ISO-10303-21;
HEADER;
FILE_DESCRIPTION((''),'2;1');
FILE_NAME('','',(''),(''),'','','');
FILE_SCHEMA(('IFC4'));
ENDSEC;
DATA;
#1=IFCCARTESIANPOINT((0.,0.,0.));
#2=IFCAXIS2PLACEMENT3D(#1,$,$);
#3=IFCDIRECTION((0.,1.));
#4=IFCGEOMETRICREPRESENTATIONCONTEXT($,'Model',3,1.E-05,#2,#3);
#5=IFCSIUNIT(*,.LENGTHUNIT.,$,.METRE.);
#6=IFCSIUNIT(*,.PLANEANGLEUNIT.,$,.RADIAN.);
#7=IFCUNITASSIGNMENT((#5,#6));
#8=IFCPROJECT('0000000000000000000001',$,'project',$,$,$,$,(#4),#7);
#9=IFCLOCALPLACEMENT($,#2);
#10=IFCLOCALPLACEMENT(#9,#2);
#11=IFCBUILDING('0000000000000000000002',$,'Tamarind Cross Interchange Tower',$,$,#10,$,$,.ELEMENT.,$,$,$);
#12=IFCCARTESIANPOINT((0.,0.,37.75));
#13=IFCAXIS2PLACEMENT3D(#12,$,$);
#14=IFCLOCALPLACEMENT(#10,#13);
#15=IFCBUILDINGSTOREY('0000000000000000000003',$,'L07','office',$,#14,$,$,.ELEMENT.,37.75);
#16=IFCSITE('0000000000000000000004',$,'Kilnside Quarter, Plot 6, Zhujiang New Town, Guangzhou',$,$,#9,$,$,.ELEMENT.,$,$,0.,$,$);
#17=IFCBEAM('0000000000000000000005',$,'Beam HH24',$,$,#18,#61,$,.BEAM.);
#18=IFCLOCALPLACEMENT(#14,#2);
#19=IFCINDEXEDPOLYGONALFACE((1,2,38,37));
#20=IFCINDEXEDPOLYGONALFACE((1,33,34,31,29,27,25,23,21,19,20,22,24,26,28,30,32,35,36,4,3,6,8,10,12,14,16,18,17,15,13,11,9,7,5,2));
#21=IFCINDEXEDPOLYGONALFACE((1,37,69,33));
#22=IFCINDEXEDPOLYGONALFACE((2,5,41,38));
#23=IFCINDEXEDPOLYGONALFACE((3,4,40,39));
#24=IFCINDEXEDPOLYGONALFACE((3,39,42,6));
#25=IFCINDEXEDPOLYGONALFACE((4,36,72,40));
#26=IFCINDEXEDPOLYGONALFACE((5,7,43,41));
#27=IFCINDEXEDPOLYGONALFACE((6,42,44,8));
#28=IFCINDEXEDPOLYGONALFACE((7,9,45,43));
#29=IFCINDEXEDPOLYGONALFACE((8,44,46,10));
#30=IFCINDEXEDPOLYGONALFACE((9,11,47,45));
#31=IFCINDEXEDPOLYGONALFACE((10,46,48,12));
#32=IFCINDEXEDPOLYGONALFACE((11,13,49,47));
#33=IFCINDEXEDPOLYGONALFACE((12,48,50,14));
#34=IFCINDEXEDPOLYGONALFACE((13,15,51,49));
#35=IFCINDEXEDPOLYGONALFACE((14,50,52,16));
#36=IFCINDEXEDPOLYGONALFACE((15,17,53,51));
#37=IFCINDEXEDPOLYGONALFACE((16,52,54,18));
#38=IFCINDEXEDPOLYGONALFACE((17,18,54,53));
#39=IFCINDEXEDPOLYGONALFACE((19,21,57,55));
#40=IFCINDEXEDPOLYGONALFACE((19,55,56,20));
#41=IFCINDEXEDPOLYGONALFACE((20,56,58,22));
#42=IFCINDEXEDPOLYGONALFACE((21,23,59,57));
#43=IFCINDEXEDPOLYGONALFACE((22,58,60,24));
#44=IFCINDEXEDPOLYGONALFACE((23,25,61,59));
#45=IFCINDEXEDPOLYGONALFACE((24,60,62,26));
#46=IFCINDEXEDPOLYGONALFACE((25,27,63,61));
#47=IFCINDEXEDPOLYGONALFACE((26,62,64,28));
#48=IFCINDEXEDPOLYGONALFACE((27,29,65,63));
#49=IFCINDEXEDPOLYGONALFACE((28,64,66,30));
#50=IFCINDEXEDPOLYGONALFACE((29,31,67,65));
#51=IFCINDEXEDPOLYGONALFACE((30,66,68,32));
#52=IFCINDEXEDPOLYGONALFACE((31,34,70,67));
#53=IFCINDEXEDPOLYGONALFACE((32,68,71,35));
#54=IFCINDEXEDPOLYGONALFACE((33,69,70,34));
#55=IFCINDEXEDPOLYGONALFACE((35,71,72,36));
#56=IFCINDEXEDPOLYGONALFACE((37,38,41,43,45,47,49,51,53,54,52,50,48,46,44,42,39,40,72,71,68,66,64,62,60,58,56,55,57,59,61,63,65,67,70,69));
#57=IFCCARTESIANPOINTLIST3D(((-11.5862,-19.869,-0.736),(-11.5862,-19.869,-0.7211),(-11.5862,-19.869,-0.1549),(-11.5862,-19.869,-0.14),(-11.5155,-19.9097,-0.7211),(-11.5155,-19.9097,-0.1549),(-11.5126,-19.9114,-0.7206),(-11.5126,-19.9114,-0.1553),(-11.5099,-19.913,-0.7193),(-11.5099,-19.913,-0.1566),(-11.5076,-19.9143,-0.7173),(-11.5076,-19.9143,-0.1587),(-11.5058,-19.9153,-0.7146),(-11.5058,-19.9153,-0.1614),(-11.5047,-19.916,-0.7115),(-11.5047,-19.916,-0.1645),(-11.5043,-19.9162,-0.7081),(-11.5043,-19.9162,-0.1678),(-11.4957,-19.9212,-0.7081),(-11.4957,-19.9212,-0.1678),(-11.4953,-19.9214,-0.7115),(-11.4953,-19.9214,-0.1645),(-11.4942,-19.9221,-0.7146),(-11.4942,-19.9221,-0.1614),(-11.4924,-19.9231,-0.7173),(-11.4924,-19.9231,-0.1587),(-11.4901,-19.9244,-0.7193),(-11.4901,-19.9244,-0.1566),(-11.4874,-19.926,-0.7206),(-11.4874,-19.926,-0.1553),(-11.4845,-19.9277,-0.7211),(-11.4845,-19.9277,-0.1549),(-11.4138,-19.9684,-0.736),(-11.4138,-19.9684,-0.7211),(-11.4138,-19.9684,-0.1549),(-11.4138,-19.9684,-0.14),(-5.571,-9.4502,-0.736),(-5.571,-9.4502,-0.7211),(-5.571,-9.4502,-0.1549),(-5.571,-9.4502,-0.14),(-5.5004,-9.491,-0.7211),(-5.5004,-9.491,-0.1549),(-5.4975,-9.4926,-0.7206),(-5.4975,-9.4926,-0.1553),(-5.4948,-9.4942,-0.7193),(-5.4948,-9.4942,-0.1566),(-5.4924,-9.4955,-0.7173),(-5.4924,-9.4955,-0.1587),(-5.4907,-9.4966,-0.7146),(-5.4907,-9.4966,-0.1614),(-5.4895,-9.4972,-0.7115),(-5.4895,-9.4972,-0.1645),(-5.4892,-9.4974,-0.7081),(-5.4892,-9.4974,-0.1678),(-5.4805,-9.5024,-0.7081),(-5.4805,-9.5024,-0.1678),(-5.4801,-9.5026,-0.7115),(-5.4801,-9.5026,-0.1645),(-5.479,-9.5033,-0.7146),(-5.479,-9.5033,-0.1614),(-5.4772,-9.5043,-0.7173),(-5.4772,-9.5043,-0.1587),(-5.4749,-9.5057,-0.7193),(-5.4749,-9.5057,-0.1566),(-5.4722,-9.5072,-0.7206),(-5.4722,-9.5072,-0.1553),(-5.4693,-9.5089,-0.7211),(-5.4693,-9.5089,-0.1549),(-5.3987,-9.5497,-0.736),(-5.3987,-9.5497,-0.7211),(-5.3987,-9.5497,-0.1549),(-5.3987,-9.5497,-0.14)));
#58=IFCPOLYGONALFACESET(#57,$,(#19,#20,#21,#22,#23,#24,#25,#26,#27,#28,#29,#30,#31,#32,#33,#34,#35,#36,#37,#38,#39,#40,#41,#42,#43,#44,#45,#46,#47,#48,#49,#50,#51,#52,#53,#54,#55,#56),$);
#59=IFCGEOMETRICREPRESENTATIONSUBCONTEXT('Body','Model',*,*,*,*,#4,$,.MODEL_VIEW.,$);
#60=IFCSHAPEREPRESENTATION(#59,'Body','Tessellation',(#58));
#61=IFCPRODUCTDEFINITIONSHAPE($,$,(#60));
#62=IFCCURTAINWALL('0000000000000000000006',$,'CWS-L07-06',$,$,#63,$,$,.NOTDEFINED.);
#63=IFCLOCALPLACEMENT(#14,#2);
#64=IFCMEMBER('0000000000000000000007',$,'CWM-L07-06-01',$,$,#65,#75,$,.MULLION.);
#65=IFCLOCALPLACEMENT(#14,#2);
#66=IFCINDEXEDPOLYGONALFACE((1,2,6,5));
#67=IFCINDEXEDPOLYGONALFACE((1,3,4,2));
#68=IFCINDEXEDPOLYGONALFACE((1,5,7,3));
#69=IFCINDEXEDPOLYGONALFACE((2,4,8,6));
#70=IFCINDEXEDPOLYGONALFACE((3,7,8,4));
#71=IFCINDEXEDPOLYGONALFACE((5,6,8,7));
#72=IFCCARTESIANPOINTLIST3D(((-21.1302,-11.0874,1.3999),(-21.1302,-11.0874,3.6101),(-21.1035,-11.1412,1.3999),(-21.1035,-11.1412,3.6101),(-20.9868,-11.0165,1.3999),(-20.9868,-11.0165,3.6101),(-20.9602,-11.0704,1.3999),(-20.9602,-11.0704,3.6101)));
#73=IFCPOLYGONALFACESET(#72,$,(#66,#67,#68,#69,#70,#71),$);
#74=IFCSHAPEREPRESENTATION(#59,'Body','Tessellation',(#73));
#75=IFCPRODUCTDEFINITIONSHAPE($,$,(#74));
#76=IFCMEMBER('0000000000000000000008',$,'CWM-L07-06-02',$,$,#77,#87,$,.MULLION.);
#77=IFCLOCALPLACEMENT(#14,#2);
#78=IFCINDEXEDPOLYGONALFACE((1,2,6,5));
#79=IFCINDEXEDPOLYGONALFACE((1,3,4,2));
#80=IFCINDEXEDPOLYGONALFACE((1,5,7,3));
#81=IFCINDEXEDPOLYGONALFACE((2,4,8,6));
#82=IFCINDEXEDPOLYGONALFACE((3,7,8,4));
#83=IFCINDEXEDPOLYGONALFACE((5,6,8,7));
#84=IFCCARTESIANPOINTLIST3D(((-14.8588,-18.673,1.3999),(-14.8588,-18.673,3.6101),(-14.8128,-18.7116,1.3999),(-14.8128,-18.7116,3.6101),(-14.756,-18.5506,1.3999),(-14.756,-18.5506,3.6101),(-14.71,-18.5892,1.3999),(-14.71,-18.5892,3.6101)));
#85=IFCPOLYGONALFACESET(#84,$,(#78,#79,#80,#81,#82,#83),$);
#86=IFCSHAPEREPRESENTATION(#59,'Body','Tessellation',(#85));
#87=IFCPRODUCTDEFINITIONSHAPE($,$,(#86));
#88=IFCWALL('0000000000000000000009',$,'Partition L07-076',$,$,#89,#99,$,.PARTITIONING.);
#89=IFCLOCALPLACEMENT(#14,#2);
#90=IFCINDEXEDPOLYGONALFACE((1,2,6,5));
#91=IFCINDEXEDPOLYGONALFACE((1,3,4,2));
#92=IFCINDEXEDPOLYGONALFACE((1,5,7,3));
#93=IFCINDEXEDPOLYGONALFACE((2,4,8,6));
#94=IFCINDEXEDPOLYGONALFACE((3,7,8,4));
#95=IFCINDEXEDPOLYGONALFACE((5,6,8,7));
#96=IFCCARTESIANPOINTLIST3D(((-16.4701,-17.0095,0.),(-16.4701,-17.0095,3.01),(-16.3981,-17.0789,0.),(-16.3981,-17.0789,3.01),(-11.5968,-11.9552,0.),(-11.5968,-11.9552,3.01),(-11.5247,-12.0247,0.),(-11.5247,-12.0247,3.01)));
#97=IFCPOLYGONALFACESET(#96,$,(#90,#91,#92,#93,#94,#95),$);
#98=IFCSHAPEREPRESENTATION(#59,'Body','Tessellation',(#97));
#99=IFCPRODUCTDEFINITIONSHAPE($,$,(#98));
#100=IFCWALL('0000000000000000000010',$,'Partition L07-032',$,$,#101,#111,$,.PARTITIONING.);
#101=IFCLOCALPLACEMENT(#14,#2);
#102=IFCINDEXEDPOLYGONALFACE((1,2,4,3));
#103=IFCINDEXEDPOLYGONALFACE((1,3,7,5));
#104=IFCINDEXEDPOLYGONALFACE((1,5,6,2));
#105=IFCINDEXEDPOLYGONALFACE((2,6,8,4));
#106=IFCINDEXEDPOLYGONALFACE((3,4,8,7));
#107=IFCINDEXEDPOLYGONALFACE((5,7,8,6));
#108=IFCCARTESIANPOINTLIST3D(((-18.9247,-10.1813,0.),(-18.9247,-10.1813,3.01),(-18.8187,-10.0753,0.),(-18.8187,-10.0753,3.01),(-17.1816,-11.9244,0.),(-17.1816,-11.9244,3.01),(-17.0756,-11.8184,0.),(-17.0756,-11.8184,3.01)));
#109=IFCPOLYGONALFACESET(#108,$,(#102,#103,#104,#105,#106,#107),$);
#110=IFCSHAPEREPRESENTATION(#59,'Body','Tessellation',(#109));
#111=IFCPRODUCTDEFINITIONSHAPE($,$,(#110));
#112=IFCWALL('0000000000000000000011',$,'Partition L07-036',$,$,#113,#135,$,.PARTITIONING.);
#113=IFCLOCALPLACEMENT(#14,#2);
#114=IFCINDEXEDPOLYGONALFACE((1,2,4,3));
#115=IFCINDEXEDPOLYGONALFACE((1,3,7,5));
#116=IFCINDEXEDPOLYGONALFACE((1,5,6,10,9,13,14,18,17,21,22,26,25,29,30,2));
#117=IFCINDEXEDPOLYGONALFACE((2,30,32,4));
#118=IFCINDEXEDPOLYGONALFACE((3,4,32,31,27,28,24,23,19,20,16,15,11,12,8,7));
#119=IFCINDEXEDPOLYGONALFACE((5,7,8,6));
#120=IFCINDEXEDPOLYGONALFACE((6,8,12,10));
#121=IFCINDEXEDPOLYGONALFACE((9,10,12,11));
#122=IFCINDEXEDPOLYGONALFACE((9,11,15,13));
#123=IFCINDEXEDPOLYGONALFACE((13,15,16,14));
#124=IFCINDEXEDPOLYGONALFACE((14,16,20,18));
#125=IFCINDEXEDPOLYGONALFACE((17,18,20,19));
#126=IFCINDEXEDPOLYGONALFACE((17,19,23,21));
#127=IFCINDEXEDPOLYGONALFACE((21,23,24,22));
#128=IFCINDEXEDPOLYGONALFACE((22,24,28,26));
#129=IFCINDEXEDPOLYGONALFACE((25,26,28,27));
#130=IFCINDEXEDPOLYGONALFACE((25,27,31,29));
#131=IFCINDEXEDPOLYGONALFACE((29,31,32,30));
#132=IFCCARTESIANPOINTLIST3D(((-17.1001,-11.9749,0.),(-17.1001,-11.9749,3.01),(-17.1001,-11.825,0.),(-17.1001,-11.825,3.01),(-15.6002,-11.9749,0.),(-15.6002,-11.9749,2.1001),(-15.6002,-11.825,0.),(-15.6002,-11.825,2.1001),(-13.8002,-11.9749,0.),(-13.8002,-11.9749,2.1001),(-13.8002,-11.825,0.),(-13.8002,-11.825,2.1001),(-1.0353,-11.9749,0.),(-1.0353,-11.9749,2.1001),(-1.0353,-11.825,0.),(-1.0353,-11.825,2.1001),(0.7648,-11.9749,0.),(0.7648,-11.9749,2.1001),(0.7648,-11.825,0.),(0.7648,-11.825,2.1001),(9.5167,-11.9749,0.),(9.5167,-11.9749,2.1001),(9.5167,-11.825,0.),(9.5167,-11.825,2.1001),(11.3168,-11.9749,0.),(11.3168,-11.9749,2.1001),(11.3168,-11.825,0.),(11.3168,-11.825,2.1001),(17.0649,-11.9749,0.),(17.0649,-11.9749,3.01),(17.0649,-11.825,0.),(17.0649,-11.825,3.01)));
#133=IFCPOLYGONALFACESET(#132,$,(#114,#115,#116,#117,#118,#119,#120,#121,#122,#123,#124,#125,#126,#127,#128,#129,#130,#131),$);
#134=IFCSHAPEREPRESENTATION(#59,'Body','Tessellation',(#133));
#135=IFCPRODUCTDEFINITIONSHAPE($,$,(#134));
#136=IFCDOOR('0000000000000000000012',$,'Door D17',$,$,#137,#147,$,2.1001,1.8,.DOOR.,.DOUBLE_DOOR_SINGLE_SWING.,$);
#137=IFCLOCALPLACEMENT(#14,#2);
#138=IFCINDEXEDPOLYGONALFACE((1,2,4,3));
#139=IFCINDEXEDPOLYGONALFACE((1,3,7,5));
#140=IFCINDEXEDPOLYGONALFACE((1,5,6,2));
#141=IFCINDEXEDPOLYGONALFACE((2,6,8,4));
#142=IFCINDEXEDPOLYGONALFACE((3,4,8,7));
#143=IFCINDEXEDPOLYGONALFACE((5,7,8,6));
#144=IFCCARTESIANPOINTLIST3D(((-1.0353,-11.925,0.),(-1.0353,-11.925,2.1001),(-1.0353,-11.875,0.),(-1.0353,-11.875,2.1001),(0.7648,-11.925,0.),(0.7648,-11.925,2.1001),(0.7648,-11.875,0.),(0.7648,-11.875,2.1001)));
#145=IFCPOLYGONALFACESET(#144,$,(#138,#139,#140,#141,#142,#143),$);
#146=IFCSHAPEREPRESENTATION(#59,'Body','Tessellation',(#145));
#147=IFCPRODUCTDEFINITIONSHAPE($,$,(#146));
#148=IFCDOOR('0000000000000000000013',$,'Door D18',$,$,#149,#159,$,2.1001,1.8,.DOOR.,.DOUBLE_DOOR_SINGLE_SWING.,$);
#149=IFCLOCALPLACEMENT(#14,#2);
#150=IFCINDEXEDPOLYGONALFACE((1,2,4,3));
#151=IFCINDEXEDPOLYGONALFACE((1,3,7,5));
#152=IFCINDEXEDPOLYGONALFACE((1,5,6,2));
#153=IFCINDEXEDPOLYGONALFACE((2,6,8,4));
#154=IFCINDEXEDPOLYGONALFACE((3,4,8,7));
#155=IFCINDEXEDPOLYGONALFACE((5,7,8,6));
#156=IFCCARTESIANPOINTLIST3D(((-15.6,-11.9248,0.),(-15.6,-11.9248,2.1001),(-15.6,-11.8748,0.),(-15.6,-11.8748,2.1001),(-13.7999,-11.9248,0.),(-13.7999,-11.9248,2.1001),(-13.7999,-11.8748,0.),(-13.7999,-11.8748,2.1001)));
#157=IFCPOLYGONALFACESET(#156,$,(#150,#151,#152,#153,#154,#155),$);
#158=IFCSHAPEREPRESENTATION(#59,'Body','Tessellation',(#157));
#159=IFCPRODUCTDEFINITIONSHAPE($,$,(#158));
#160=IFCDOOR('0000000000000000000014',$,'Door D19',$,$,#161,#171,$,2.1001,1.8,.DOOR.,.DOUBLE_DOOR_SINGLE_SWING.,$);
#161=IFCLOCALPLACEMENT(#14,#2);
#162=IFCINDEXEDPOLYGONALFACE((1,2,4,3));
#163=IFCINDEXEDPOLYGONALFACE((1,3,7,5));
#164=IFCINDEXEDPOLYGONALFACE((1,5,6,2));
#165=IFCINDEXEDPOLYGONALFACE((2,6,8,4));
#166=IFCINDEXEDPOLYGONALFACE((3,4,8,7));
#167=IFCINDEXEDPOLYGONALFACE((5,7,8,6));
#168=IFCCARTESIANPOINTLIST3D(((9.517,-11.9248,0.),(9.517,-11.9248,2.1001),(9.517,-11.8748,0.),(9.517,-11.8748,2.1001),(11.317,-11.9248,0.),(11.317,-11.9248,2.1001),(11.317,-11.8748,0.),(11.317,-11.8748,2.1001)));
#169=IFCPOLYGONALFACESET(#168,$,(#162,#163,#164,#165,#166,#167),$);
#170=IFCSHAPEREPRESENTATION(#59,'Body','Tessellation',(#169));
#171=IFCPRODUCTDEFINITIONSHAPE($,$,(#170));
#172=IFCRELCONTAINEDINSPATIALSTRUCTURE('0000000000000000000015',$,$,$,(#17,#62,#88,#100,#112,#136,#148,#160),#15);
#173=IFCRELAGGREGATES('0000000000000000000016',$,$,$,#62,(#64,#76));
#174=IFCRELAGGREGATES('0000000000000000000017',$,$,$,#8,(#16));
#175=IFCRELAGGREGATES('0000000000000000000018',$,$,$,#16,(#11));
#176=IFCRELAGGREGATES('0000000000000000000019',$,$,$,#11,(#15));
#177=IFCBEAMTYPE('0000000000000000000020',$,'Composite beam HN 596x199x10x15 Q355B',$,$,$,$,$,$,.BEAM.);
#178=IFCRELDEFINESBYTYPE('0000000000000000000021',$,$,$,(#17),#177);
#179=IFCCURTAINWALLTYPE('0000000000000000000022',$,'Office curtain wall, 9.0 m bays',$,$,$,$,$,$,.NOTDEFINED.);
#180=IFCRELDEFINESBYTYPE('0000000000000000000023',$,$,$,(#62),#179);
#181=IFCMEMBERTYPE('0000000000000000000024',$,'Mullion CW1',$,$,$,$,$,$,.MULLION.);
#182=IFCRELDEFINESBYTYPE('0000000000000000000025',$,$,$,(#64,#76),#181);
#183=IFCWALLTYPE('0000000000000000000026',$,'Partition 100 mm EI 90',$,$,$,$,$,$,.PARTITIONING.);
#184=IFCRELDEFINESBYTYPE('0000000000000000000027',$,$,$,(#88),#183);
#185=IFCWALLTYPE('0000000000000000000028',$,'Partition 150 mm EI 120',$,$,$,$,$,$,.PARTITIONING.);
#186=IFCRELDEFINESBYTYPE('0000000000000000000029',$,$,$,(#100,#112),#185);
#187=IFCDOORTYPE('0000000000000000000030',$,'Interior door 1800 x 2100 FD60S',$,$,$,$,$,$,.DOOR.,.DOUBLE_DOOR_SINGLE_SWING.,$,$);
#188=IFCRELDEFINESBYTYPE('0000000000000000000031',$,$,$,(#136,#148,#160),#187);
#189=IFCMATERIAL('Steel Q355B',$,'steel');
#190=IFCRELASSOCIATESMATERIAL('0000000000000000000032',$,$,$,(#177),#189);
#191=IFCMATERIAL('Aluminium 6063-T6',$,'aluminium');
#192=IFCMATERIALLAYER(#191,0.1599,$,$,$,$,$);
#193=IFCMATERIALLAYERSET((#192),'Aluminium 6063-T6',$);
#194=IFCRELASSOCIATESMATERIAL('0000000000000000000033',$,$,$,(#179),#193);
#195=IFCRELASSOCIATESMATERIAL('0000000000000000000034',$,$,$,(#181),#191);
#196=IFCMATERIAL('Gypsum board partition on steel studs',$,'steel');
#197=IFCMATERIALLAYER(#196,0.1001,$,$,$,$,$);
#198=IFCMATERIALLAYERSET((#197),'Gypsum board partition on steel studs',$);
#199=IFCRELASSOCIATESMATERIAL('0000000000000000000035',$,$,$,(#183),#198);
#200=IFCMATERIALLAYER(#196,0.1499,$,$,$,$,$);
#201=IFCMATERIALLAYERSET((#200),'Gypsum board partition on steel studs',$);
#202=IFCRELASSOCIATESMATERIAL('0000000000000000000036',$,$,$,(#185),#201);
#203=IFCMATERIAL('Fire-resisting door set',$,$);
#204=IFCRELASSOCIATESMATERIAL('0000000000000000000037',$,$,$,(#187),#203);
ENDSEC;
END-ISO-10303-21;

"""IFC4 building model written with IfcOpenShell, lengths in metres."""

from ifc_helpers import new_model, si_unit, direction, frame, frame_2d, origin, origin_2d, place, context, subcontext, project, spatial, rectangle, i_section, extrude, material, layer, layer_set, material_profile, profile_set, type_object, element, fill, aggregate, save


model = new_model("IFC4")

# Units and contexts
model_context = context("Model", 3, precision=1e-05, world=origin(), true_north=direction((0.0, 1.0)))
body_context = subcontext(model_context, "Body", "Model", "MODEL_VIEW")
ifc_project = project(units=[si_unit("LENGTHUNIT", "METRE"), si_unit("PLANEANGLEUNIT", "RADIAN")], contexts=[model_context])

# Site, building, storey
site_placement = place(None, origin())
site = spatial("IfcSite", under=ifc_project, at=site_placement, Name="Kilnside Quarter, Plot 6, Zhujiang New Town, Guangzhou", CompositionType="ELEMENT", RefElevation=0.0)
building_placement = place(site_placement, origin())
building = spatial("IfcBuilding", under=site, at=building_placement, Name="Tamarind Cross Interchange Tower", CompositionType="ELEMENT")
storey_placement = place(building_placement, frame((0.0, 0.0, 37.75)))
storey = spatial("IfcBuildingStorey", under=building, at=storey_placement, Name="L07", Description="office", CompositionType="ELEMENT", Elevation=37.75)

# Beam
ifc_material_1 = material(Name="Steel Q355B", Category="steel")
ifc_material_profile_1 = material_profile(ifc_material_1, i_section(OverallWidth=0.199, OverallDepth=0.5959, WebThickness=0.01, FlangeThickness=0.0149, FilletRadius=0.0129, at=origin_2d()), Name="HN 596x199x10x15")
ifc_profile_set_1 = profile_set([ifc_material_profile_1], Name="Steel Q355B")
beam_type = type_object("IfcBeamType", Name="Composite beam HN 596x199x10x15 Q355B", PredefinedType="BEAM", material=ifc_profile_set_1)
beam_1_placement = place(storey_placement, frame((-11.5, -19.9187, -0.438), z_axis=(0.499994, 0.866029, 0.0), x_axis=(-0.866029, 0.499994, 0.0)))
element("IfcBeam", 1, at=beam_1_placement, inside=storey, type_object=beam_type, Name="Beam HH24", PredefinedType="BEAM", context=body_context, shape_type="SweptSolid", body=[
    extrude(i_section(OverallWidth=0.199, OverallDepth=0.5959, WebThickness=0.01, FlangeThickness=0.0149, FilletRadius=0.0129, at=origin_2d()), origin(), (0.0, 0.0, 1.0), 12.0305),
])

# Curtain wall, members
ifc_material_2 = material(Name="Aluminium 6063-T6", Category="aluminium")
ifc_layer_1 = layer(ifc_material_2, 0.1599)
ifc_layer_set_1 = layer_set([ifc_layer_1], Name="Aluminium 6063-T6")
curtain_wall_type = type_object("IfcCurtainWallType", Name="Office curtain wall, 9.0 m bays", PredefinedType="NOTDEFINED", material=ifc_layer_set_1)
curtain_wall_placement = place(storey_placement, origin())
curtain_wall = element("IfcCurtainWall", 2, at=curtain_wall_placement, inside=storey, type_object=curtain_wall_type, Name="CWS-L07-06", PredefinedType="NOTDEFINED")
ifc_material_profile_2 = material_profile(ifc_material_2, rectangle(XDim=0.0601, YDim=0.1599, at=origin_2d()), Name="Mullion CW1")
ifc_profile_set_2 = profile_set([ifc_material_profile_2], Name="Aluminium 6063-T6")
member_type = type_object("IfcMemberType", Name="Mullion CW1", PredefinedType="MULLION", material=ifc_profile_set_2)
member_1_placement = place(storey_placement, frame((-21.0452, -11.0789, 1.3999), z_axis=(0.0, 0.0, 1.0), x_axis=(0.443059, -0.896493, 0.0)))
member_1 = element("IfcMember", 3, at=member_1_placement, type_object=member_type, Name="CWM-L07-06-01", PredefinedType="MULLION", context=body_context, shape_type="SweptSolid", body=[
    extrude(rectangle(XDim=0.0601, YDim=0.1599, at=origin_2d()), origin(), (0.0, 0.0, 1.0), 2.2102),
])
member_2_placement = place(storey_placement, frame((-14.7844, -18.6311, 1.3999), z_axis=(0.0, 0.0, 1.0), x_axis=(0.765858, -0.643009, 0.0)))
member_2 = element("IfcMember", 4, at=member_2_placement, type_object=member_type, Name="CWM-L07-06-02", PredefinedType="MULLION", context=body_context, shape_type="SweptSolid", body=[
    extrude(rectangle(XDim=0.0601, YDim=0.1599, at=origin_2d()), origin(), (0.0, 0.0, 1.0), 2.2102),
])
aggregate(curtain_wall, [member_1, member_2])

# Walls
ifc_material_3 = material(Name="Gypsum board partition on steel studs", Category="steel")
ifc_layer_2 = layer(ifc_material_3, 0.1001)
ifc_layer_set_2 = layer_set([ifc_layer_2], Name="Gypsum board partition on steel studs")
wall_type_1 = type_object("IfcWallType", Name="Partition 100 mm EI 90", PredefinedType="PARTITIONING", material=ifc_layer_set_2)
wall_1_placement = place(storey_placement, frame((-16.4341, -17.0442, 0.0), z_axis=(0.0, 0.0, 1.0), x_axis=(0.694106, 0.719873, 0.0)))
element("IfcWall", 5, at=wall_1_placement, inside=storey, type_object=wall_type_1, Name="Partition L07-076", PredefinedType="PARTITIONING", context=body_context, shape_type="SweptSolid", body=[
    extrude(rectangle(XDim=7.021, YDim=0.1001, at=frame_2d((3.5105, 0.0))), origin(), (0.0, 0.0, 1.0), 3.01),
])
ifc_layer_3 = layer(ifc_material_3, 0.1499)
ifc_layer_set_3 = layer_set([ifc_layer_3], Name="Gypsum board partition on steel studs")
wall_type_2 = type_object("IfcWallType", Name="Partition 150 mm EI 120", PredefinedType="PARTITIONING", material=ifc_layer_set_3)
wall_2_placement = place(storey_placement, frame((-18.8716, -10.1284, 0.0), z_axis=(0.0, 0.0, 1.0), x_axis=(0.707107, -0.707107, 0.0)))
element("IfcWall", 6, at=wall_2_placement, inside=storey, type_object=wall_type_2, Name="Partition L07-032", PredefinedType="PARTITIONING", context=body_context, shape_type="SweptSolid", body=[
    extrude(rectangle(XDim=2.4651, YDim=0.1499, at=frame_2d((1.2324, 0.0))), origin(), (0.0, 0.0, 1.0), 3.01),
])

# Wall, openings, doors
wall_3_placement = place(storey_placement, frame((-17.1001, -11.8999, 0.0), z_axis=(0.0, 0.0, 1.0), x_axis=(1.0, 0.0, 0.0)))
wall_3 = element("IfcWall", 7, at=wall_3_placement, inside=storey, type_object=wall_type_2, Name="Partition L07-036", PredefinedType="PARTITIONING", context=body_context, shape_type="SweptSolid", body=[
    extrude(rectangle(XDim=34.165, YDim=0.1499, at=frame_2d((17.0825, 0.0))), origin(), (0.0, 0.0, 1.0), 3.01),
])
opening_1_placement = place(wall_3_placement, frame((16.0649, 0.0, 0.0)))
opening_1 = element("IfcOpeningElement", 8, at=opening_1_placement, cuts=wall_3, PredefinedType="OPENING", context=body_context, shape_type="SweptSolid", body=[
    extrude(rectangle(XDim=1.8, YDim=2.1001, at=frame_2d((0.8999, 1.05))), frame((0.0, 0.085, 0.0), z_axis=(0.0, -1.0, 0.0), x_axis=(1.0, 0.0, 0.0)), (0.0, 0.0, 1.0), 0.1699),
])
opening_2_placement = place(wall_3_placement, frame((1.5, 0.0, 0.0)))
opening_2 = element("IfcOpeningElement", 9, at=opening_2_placement, cuts=wall_3, PredefinedType="OPENING", context=body_context, shape_type="SweptSolid", body=[
    extrude(rectangle(XDim=1.8, YDim=2.1001, at=frame_2d((0.8999, 1.05))), frame((0.0, 0.085, 0.0), z_axis=(0.0, -1.0, 0.0), x_axis=(1.0, 0.0, 0.0)), (0.0, 0.0, 1.0), 0.1699),
])
opening_3_placement = place(wall_3_placement, frame((26.6169, 0.0, 0.0)))
opening_3 = element("IfcOpeningElement", 10, at=opening_3_placement, cuts=wall_3, PredefinedType="OPENING", context=body_context, shape_type="SweptSolid", body=[
    extrude(rectangle(XDim=1.8, YDim=2.1001, at=frame_2d((0.8999, 1.05))), frame((0.0, 0.085, 0.0), z_axis=(0.0, -1.0, 0.0), x_axis=(1.0, 0.0, 0.0)), (0.0, 0.0, 1.0), 0.1699),
])
ifc_material_4 = material(Name="Fire-resisting door set")
door_type = type_object("IfcDoorType", Name="Interior door 1800 x 2100 FD60S", OperationType="DOUBLE_DOOR_SINGLE_SWING", PredefinedType="DOOR", material=ifc_material_4)
door_1_placement = place(opening_1_placement, origin())
door_1 = element("IfcDoor", 11, at=door_1_placement, inside=storey, type_object=door_type, Name="Door D17", OperationType="DOUBLE_DOOR_SINGLE_SWING", OverallHeight=2.1001, OverallWidth=1.8, PredefinedType="DOOR", context=body_context, shape_type="SweptSolid", body=[
    extrude(rectangle(XDim=1.8, YDim=2.1001, at=frame_2d((0.8999, 1.05))), frame((0.0, 0.0249, 0.0), z_axis=(0.0, -1.0, 0.0), x_axis=(1.0, 0.0, 0.0)), (0.0, 0.0, 1.0), 0.05),
])
fill(opening_1, door_1)
door_2_placement = place(opening_2_placement, frame((1.8, 0.0, 0.0), z_axis=(0.0, 0.0, 1.0), x_axis=(-1.0, 0.0, 0.0)))
door_2 = element("IfcDoor", 12, at=door_2_placement, inside=storey, type_object=door_type, Name="Door D18", OperationType="DOUBLE_DOOR_SINGLE_SWING", OverallHeight=2.1001, OverallWidth=1.8, PredefinedType="DOOR", context=body_context, shape_type="SweptSolid", body=[
    extrude(rectangle(XDim=1.8, YDim=2.1001, at=frame_2d((0.8999, 1.05))), frame((0.0, 0.0249, 0.0), z_axis=(0.0, -1.0, 0.0), x_axis=(1.0, 0.0, 0.0)), (0.0, 0.0, 1.0), 0.05),
])
fill(opening_2, door_2)
door_3_placement = place(opening_3_placement, frame((1.8, 0.0, 0.0), z_axis=(0.0, 0.0, 1.0), x_axis=(-1.0, 0.0, 0.0)))
door_3 = element("IfcDoor", 13, at=door_3_placement, inside=storey, type_object=door_type, Name="Door D19", OperationType="DOUBLE_DOOR_SINGLE_SWING", OverallHeight=2.1001, OverallWidth=1.8, PredefinedType="DOOR", context=body_context, shape_type="SweptSolid", body=[
    extrude(rectangle(XDim=1.8, YDim=2.1001, at=frame_2d((0.8999, 1.05))), frame((0.0, 0.0249, 0.0), z_axis=(0.0, -1.0, 0.0), x_axis=(1.0, 0.0, 0.0)), (0.0, 0.0, 1.0), 0.05),
])
fill(opening_3, door_3)

save(model, "model.ifc")
